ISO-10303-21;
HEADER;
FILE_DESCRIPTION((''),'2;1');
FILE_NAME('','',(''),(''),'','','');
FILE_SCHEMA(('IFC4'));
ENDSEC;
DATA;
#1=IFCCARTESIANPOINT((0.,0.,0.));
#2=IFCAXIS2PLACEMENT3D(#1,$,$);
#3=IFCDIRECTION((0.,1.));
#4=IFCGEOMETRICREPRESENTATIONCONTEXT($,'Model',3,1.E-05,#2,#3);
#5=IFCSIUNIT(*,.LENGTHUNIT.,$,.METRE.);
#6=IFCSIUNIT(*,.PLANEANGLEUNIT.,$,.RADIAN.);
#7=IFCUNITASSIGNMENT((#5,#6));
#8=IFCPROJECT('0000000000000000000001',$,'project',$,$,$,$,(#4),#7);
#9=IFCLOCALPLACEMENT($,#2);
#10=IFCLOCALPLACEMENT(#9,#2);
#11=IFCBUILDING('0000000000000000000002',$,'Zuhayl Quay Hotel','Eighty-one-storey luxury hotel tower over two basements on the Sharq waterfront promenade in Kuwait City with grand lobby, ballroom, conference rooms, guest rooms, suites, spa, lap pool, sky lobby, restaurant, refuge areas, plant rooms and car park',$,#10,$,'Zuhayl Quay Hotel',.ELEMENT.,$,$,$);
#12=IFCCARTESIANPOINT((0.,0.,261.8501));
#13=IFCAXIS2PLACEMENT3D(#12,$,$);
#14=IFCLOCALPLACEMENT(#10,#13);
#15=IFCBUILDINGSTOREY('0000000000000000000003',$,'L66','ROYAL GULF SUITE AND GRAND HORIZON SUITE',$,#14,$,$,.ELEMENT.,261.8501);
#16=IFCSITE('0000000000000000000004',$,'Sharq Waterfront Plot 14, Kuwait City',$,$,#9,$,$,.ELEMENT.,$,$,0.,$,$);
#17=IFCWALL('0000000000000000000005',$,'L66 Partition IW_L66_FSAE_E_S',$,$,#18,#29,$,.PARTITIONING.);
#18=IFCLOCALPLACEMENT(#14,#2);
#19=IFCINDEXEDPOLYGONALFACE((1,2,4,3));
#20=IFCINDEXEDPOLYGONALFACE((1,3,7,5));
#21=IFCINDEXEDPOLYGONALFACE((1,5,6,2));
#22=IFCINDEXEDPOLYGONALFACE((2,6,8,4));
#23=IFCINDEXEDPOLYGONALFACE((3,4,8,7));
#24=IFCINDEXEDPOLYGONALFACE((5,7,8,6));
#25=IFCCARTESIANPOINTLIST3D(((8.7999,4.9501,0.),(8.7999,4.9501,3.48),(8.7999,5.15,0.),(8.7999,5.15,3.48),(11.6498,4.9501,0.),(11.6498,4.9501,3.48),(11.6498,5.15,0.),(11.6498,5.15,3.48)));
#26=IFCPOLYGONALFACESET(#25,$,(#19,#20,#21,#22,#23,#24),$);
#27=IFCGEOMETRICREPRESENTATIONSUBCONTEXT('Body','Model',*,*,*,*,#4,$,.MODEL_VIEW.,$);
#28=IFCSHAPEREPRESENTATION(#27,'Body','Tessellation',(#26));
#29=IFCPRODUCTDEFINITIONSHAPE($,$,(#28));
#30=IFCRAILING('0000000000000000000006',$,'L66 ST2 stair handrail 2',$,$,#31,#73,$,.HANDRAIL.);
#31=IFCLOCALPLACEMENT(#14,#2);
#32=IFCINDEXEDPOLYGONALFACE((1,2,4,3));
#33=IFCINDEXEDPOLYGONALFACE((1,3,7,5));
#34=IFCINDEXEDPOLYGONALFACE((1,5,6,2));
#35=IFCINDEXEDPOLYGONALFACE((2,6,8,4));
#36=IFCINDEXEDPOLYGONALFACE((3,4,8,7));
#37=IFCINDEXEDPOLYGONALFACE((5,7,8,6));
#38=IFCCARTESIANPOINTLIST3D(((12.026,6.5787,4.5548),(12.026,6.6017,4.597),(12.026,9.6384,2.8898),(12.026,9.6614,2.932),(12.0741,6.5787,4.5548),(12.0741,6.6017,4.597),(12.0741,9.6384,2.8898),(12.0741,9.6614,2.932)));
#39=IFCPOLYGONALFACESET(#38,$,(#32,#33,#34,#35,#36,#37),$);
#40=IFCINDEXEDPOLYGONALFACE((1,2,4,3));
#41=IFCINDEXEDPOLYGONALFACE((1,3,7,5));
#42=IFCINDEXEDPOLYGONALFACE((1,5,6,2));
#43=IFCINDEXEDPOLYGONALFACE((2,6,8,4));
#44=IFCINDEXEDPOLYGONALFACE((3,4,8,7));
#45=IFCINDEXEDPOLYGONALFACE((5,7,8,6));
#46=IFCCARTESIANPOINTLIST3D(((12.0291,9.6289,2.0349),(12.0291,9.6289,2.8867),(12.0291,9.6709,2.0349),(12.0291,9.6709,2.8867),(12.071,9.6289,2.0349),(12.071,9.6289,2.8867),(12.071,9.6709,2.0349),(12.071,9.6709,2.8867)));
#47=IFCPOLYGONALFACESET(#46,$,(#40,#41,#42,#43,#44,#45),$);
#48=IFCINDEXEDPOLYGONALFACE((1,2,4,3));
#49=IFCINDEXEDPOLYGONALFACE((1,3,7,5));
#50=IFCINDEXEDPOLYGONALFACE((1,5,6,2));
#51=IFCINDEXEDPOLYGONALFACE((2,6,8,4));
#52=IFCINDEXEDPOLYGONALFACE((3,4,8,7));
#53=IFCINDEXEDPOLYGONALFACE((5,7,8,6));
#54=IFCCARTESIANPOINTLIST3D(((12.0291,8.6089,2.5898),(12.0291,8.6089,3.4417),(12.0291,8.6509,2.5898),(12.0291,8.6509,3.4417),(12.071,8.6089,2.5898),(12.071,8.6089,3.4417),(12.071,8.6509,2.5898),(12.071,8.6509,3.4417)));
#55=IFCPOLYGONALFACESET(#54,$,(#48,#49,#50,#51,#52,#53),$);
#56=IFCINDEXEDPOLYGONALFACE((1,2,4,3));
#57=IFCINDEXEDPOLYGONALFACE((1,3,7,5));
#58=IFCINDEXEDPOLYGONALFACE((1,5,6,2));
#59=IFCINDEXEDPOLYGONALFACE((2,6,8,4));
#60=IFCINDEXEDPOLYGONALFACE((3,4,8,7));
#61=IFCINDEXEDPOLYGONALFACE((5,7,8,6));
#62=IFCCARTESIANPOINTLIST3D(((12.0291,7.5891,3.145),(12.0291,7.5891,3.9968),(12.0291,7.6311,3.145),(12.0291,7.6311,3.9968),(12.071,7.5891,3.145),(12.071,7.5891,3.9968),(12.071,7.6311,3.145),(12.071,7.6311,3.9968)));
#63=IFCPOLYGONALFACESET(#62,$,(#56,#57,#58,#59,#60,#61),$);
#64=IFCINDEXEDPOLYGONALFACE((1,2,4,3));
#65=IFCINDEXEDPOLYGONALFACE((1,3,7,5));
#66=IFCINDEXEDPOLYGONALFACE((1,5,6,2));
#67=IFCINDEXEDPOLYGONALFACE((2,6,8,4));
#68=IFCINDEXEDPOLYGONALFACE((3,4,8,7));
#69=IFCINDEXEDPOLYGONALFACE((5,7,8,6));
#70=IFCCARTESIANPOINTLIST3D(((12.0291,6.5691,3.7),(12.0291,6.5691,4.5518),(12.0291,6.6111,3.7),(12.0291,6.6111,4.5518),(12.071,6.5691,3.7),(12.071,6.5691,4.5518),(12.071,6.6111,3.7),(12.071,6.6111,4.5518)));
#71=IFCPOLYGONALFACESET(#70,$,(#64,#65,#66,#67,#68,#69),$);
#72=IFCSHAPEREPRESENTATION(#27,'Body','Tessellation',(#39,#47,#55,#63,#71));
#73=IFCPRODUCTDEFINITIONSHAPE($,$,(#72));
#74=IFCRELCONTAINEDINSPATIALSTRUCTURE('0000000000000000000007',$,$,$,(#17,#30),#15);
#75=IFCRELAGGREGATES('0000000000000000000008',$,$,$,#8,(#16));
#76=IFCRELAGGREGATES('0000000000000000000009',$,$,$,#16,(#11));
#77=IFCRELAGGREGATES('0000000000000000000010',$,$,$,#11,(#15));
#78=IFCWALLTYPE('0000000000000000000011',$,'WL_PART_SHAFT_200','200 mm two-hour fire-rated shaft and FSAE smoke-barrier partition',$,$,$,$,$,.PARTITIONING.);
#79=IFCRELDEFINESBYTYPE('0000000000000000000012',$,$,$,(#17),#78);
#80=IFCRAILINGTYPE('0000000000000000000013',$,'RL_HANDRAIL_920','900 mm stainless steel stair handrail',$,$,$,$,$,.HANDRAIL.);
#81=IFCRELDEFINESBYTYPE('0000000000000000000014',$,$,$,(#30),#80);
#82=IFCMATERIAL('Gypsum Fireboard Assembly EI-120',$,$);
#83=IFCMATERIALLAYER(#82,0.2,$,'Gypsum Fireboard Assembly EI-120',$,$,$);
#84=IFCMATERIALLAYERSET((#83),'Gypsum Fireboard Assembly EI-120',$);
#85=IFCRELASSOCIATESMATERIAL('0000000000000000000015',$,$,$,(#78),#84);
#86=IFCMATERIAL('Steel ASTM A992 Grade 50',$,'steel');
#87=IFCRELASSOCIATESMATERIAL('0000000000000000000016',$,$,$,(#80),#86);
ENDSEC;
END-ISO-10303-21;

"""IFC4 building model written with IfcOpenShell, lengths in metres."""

from ifc_helpers import new_model, si_unit, direction, frame, frame_2d, origin, origin_2d, place, context, subcontext, project, spatial, rectangle, extrude, material, layer, layer_set, type_object, element, save


model = new_model("IFC4")

# Units and contexts
model_context = context("Model", 3, precision=1e-05, world=origin(), true_north=direction((0.0, 1.0)))
body_context = subcontext(model_context, "Body", "Model", "MODEL_VIEW")
ifc_project = project(units=[si_unit("LENGTHUNIT", "METRE"), si_unit("PLANEANGLEUNIT", "RADIAN")], contexts=[model_context])

# Site, building, storey
site_placement = place(None, origin())
site = spatial("IfcSite", under=ifc_project, at=site_placement, Name="Sharq Waterfront Plot 14, Kuwait City", CompositionType="ELEMENT", RefElevation=0.0)
building_placement = place(site_placement, origin())
building = spatial("IfcBuilding", under=site, at=building_placement, Name="Zuhayl Quay Hotel", Description="Eighty-one-storey luxury hotel tower over two basements on the Sharq waterfront promenade in Kuwait City with grand lobby, ballroom, conference rooms, guest rooms, suites, spa, lap pool, sky lobby, restaurant, refuge areas, plant rooms and car park", LongName="Zuhayl Quay Hotel", CompositionType="ELEMENT")
storey_placement = place(building_placement, frame((0.0, 0.0, 261.8501)))
storey = spatial("IfcBuildingStorey", under=building, at=storey_placement, Name="L66", Description="ROYAL GULF SUITE AND GRAND HORIZON SUITE", CompositionType="ELEMENT", Elevation=261.8501)

# Shared definitions
ifc_material_1 = material(Name="Gypsum Fireboard Assembly EI-120")
ifc_layer_1 = layer(ifc_material_1, 0.2, Name="Gypsum Fireboard Assembly EI-120")
ifc_layer_set_1 = layer_set([ifc_layer_1], Name="Gypsum Fireboard Assembly EI-120")
wall_type_1 = type_object("IfcWallType", Name="WL_PART_SHAFT_200", Description="200 mm two-hour fire-rated shaft and FSAE smoke-barrier partition", PredefinedType="PARTITIONING", material=ifc_layer_set_1)
ifc_material_2 = material(Name="Steel ASTM A992 Grade 50", Category="steel")

# Wall
wall_1_placement = place(storey_placement, frame((8.8, 5.05, 0.0), z_axis=(0.0, 0.0, 1.0), x_axis=(1.0, 0.0, 0.0)))
element("IfcWall", 1, at=wall_1_placement, inside=storey, type_object=wall_type_1, Name="L66 Partition IW_L66_FSAE_E_S", PredefinedType="PARTITIONING", context=body_context, shape_type="SweptSolid", body=[
    extrude(rectangle(XDim=2.8499, YDim=0.2, at=frame_2d((1.4248, 0.0))), origin(), (0.0, 0.0, 1.0), 3.48),
])

# Railing
railing_type = type_object("IfcRailingType", Name="RL_HANDRAIL_920", Description="900 mm stainless steel stair handrail", PredefinedType="HANDRAIL", material=ifc_material_2)
railing_placement = place(storey_placement, frame((12.05, 9.6499, 2.0349)))
element("IfcRailing", 2, at=railing_placement, inside=storey, type_object=railing_type, Name="L66 ST2 stair handrail 2", PredefinedType="HANDRAIL", context=body_context, shape_type="SweptSolid", body=[
    extrude(rectangle(XDim=0.0481, YDim=0.0481, at=origin_2d()), frame((0.0, 0.0, 0.876), z_axis=(0.0, -0.878372, 0.477978), x_axis=(1.0, 0.0, 0.0)), (0.0, 0.0, 1.0), 3.4834),
    extrude(rectangle(XDim=0.042, YDim=0.042, at=origin_2d()), origin(), (0.0, 0.0, 1.0), 0.8518),
    extrude(rectangle(XDim=0.042, YDim=0.042, at=origin_2d()), frame((0.0, -1.02, 0.5549)), (0.0, 0.0, 1.0), 0.8518),
    extrude(rectangle(XDim=0.042, YDim=0.042, at=origin_2d()), frame((0.0, -2.0398, 1.1101)), (0.0, 0.0, 1.0), 0.8518),
    extrude(rectangle(XDim=0.042, YDim=0.042, at=origin_2d()), frame((0.0, -3.0598, 1.665)), (0.0, 0.0, 1.0), 0.8518),
])

save(model, "model.ifc")
